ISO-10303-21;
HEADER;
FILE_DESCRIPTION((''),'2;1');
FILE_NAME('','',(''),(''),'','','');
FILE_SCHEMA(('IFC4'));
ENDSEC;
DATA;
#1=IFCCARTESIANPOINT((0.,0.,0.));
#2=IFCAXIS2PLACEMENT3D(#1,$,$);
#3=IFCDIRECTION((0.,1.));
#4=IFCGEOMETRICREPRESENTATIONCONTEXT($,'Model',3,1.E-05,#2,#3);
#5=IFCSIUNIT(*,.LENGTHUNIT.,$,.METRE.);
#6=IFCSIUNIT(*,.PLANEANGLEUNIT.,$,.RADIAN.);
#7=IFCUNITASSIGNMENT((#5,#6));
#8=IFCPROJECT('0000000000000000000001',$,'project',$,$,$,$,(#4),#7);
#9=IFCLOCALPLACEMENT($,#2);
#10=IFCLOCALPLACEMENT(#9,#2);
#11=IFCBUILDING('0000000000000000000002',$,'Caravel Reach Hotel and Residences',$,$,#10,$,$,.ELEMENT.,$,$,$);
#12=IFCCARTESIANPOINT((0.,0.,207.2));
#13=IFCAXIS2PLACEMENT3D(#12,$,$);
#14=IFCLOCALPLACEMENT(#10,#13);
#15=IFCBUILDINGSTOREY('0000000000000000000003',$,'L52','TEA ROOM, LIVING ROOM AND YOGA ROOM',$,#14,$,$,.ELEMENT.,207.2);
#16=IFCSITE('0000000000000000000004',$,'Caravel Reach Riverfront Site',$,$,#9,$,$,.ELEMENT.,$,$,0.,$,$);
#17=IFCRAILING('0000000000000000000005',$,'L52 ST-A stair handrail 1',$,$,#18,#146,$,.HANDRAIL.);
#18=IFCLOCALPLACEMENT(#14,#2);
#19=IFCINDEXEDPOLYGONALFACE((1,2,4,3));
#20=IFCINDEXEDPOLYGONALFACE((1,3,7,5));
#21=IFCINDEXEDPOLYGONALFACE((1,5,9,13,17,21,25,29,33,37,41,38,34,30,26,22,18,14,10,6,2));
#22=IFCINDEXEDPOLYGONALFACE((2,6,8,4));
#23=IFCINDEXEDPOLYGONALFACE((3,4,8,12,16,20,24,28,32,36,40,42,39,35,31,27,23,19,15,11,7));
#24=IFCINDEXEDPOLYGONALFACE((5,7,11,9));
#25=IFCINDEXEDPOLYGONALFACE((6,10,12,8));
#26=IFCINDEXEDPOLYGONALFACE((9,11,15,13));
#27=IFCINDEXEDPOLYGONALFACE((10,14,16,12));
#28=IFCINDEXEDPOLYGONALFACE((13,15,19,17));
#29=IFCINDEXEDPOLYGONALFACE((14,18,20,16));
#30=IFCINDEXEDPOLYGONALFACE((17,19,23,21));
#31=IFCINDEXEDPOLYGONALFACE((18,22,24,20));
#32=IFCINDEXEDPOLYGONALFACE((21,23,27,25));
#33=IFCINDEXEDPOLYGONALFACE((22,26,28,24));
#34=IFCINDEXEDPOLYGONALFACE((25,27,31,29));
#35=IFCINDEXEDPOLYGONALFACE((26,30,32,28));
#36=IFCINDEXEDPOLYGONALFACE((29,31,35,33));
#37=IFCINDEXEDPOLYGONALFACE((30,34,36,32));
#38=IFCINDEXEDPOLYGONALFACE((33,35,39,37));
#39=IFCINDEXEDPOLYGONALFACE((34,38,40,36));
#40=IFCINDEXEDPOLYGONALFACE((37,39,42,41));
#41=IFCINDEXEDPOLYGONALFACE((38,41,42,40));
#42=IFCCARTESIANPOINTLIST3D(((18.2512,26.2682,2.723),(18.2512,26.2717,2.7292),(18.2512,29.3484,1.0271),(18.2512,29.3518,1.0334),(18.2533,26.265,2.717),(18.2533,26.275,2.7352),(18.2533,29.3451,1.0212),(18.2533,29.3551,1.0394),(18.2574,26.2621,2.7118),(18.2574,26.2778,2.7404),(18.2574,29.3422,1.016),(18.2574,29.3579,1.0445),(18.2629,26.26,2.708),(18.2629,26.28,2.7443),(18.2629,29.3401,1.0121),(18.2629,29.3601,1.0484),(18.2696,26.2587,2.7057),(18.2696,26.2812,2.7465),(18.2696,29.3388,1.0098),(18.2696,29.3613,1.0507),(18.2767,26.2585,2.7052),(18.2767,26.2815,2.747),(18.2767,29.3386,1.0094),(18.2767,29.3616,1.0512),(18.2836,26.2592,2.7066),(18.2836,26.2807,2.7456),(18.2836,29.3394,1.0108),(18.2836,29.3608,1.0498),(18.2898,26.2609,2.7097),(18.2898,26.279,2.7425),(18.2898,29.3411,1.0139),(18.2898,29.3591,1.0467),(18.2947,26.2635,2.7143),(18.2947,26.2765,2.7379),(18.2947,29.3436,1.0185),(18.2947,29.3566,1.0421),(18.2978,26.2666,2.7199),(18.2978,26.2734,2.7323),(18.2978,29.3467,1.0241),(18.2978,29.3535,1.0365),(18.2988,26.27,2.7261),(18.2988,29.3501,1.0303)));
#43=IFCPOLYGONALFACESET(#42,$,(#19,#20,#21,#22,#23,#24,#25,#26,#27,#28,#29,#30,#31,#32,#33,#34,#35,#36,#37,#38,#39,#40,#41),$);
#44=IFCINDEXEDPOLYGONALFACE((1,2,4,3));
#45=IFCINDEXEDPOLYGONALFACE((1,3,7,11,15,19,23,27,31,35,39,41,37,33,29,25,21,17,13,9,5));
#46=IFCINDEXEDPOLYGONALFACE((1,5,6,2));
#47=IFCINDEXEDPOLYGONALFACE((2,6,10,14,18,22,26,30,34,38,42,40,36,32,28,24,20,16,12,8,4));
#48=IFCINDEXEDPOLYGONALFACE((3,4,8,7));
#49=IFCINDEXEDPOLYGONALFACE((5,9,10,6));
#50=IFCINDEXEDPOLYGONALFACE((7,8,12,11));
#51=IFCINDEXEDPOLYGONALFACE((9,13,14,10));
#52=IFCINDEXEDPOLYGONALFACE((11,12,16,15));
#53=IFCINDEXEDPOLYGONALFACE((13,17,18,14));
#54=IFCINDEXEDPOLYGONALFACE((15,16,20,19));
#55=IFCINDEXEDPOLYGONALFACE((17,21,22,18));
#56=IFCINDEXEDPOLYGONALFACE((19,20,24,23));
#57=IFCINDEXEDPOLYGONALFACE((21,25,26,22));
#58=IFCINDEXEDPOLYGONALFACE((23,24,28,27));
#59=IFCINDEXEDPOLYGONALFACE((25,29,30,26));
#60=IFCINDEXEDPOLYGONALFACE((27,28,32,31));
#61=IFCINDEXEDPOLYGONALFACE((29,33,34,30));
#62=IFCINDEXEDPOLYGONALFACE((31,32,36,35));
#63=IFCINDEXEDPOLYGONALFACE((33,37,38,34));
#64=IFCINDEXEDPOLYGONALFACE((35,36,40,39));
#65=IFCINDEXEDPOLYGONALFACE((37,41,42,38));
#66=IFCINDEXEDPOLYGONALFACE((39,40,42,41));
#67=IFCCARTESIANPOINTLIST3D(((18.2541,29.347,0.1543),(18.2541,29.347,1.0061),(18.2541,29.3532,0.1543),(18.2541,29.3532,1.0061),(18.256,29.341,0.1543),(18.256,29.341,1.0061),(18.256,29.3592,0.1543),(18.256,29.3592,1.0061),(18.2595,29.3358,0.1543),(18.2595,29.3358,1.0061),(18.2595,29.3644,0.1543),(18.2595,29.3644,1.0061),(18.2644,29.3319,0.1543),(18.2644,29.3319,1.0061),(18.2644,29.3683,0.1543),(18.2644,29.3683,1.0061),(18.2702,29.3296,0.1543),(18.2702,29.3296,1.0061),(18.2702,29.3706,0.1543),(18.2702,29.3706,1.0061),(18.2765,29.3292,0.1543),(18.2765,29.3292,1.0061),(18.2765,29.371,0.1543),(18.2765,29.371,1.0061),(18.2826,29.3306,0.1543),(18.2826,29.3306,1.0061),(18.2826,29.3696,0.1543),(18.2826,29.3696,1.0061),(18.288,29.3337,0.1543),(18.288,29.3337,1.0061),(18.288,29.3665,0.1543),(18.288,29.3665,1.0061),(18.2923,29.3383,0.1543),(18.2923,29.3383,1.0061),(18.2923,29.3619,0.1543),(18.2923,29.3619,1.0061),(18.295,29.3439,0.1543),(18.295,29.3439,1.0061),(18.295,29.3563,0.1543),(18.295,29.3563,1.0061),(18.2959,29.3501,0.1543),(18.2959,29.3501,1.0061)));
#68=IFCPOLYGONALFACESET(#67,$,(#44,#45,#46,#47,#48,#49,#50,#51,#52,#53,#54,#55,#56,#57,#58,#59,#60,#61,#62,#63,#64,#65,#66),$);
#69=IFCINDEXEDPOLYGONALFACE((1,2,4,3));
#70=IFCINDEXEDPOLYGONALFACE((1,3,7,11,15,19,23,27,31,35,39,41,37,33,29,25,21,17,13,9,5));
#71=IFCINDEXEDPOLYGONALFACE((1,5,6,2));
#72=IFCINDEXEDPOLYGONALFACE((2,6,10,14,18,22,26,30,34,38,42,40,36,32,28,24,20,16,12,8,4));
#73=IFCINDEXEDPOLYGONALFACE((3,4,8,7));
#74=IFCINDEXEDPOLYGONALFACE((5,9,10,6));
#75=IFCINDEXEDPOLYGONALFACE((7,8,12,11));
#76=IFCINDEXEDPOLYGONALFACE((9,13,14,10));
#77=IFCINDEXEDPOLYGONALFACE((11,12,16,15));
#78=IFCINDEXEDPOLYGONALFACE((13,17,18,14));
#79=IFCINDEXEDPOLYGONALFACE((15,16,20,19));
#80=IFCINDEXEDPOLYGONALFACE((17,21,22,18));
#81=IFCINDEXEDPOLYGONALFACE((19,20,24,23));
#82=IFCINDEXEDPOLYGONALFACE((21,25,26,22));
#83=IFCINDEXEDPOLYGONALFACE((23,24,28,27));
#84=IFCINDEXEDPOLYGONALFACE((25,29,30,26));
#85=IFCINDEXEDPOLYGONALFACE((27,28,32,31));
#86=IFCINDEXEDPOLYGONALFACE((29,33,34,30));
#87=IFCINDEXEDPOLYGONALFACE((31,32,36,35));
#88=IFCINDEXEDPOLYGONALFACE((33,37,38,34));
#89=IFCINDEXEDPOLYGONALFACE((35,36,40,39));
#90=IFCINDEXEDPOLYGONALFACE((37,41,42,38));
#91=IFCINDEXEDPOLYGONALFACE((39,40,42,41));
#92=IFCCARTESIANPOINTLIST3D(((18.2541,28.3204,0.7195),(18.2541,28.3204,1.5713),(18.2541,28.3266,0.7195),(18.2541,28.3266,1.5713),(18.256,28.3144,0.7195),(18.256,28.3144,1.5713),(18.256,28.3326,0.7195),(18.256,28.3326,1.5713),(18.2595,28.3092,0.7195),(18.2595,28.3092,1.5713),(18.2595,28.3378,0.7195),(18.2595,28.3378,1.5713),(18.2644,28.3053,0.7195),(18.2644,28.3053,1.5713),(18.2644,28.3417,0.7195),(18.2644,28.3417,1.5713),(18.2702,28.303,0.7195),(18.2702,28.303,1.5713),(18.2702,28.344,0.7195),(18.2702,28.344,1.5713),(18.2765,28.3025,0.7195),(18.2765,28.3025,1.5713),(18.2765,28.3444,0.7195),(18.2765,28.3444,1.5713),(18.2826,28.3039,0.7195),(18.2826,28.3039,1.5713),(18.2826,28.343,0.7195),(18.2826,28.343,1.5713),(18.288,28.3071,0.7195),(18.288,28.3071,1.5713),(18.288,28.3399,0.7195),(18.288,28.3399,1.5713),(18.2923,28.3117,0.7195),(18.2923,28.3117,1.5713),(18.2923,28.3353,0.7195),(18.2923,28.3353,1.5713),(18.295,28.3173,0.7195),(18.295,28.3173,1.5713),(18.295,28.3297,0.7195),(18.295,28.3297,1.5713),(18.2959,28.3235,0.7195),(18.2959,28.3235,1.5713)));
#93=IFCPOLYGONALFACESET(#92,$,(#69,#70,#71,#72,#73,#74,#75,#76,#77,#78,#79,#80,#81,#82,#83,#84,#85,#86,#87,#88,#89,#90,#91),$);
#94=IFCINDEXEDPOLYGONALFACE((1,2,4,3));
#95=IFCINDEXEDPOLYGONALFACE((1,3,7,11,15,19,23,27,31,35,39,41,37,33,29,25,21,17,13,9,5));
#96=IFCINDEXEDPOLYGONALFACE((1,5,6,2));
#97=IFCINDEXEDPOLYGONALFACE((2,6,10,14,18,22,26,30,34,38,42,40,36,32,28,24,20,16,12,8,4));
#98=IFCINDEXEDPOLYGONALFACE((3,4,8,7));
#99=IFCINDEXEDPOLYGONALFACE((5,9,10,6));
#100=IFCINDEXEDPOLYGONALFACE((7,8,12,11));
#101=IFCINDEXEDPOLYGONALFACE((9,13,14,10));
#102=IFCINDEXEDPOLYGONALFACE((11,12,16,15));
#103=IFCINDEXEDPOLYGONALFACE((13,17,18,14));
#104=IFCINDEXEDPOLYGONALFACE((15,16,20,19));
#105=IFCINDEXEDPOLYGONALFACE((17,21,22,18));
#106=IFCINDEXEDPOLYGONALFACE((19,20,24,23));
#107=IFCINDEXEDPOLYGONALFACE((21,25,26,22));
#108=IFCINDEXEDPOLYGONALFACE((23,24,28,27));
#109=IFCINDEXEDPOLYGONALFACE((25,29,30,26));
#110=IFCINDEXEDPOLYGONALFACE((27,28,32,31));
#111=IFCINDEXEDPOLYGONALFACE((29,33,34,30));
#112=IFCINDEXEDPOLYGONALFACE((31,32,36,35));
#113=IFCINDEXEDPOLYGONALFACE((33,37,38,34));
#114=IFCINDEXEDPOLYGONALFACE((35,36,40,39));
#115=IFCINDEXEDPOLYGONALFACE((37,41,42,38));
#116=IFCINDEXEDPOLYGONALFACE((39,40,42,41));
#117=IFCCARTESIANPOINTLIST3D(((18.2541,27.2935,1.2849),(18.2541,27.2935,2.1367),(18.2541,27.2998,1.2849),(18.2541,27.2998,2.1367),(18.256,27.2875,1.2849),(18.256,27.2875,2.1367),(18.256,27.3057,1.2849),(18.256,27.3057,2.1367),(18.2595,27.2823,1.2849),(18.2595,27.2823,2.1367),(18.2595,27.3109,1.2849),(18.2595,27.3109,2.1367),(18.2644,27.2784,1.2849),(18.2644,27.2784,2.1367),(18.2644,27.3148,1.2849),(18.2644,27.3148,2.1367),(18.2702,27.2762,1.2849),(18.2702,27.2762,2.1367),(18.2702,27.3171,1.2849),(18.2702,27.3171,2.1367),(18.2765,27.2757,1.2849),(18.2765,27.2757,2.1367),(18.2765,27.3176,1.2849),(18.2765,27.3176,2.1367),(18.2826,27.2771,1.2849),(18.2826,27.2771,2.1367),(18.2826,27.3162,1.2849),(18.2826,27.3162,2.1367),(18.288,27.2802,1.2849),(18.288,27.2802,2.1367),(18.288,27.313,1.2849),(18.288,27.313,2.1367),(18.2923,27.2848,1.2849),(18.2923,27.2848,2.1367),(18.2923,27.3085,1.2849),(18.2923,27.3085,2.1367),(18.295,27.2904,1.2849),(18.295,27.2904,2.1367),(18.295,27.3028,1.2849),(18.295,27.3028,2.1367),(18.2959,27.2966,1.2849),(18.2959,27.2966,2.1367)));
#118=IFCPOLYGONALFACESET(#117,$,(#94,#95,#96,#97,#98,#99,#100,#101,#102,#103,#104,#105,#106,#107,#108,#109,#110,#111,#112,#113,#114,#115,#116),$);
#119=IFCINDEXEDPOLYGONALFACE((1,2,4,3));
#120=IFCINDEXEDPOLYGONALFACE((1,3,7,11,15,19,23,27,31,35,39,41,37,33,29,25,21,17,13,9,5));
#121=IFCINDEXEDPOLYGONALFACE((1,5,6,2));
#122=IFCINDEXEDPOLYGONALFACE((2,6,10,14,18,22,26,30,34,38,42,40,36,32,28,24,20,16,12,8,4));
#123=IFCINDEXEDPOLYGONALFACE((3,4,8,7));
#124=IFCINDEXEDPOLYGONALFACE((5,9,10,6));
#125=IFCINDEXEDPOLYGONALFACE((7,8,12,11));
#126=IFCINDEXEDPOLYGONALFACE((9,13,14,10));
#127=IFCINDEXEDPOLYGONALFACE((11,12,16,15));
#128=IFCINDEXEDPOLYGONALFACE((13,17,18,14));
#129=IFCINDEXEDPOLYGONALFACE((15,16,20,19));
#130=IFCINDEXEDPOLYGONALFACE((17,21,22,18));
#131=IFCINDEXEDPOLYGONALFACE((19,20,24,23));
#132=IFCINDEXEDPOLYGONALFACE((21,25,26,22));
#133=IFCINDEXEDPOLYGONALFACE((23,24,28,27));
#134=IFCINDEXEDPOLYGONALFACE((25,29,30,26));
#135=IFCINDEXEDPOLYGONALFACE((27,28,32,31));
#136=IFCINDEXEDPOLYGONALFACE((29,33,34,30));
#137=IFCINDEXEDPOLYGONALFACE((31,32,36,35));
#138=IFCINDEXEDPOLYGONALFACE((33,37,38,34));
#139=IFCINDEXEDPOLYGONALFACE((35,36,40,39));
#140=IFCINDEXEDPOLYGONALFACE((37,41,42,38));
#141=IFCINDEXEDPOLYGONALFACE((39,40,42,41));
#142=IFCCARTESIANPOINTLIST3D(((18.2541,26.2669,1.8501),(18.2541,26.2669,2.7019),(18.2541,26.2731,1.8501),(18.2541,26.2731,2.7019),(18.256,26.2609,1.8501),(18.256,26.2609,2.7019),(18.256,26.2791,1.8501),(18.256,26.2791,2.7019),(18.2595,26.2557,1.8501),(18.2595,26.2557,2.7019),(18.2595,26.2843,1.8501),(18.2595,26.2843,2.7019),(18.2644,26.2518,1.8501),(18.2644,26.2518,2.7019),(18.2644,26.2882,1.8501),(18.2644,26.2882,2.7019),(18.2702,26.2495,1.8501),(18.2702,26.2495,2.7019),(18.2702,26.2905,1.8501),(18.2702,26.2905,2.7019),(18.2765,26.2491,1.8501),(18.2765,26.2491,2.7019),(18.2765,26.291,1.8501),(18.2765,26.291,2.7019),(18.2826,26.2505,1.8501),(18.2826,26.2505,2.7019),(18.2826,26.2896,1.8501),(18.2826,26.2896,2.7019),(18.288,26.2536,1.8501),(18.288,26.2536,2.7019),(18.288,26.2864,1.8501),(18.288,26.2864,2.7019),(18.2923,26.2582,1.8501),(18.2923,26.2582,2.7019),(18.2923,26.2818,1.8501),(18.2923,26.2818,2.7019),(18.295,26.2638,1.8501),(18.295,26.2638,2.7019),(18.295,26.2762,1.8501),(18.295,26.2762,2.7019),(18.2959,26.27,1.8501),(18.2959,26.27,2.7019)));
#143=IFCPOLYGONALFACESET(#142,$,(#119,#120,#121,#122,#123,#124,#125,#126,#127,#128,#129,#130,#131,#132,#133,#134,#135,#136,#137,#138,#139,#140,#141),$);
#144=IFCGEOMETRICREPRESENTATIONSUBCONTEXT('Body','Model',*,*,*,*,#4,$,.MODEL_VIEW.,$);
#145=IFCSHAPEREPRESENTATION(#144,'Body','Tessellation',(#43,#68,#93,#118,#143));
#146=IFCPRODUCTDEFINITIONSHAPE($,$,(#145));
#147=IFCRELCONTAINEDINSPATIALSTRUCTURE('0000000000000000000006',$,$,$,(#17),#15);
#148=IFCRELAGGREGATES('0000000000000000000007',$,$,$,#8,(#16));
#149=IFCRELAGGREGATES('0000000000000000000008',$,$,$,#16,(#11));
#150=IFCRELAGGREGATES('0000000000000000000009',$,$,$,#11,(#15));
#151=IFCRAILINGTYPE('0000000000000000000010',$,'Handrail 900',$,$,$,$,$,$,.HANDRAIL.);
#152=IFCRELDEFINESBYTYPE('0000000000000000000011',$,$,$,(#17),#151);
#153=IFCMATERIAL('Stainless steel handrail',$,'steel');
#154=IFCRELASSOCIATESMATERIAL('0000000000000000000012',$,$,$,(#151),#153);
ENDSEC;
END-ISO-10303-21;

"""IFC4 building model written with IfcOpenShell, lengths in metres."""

from ifc_helpers import new_model, si_unit, direction, frame, origin, origin_2d, place, context, subcontext, project, spatial, circle, extrude, material, type_object, element, save


model = new_model("IFC4")

# Units and contexts
model_context = context("Model", 3, precision=1e-05, world=origin(), true_north=direction((0.0, 1.0)))
body_context = subcontext(model_context, "Body", "Model", "MODEL_VIEW")
ifc_project = project(units=[si_unit("LENGTHUNIT", "METRE"), si_unit("PLANEANGLEUNIT", "RADIAN")], contexts=[model_context])

# Site, building, storey
site_placement = place(None, origin())
site = spatial("IfcSite", under=ifc_project, at=site_placement, Name="Caravel Reach Riverfront Site", CompositionType="ELEMENT", RefElevation=0.0)
building_placement = place(site_placement, origin())
building = spatial("IfcBuilding", under=site, at=building_placement, Name="Caravel Reach Hotel and Residences", CompositionType="ELEMENT")
storey_placement = place(building_placement, frame((0.0, 0.0, 207.2)))
storey = spatial("IfcBuildingStorey", under=building, at=storey_placement, Name="L52", Description="TEA ROOM, LIVING ROOM AND YOGA ROOM", CompositionType="ELEMENT", Elevation=207.2)

# Railing
ifc_material_1 = material(Name="Stainless steel handrail", Category="steel")
railing_type_1 = type_object("IfcRailingType", Name="Handrail 900", PredefinedType="HANDRAIL", material=ifc_material_1)
railing_1_placement = place(storey_placement, frame((18.2749, 29.3501, 0.1543)))
element("IfcRailing", 1, at=railing_1_placement, inside=storey, type_object=railing_type_1, Name="L52 ST-A stair handrail 1", PredefinedType="HANDRAIL", context=body_context, shape_type="SweptSolid", body=[
    extrude(circle(Radius=0.0239, at=origin_2d()), frame((0.0, 0.0, 0.876), z_axis=(0.0, -0.876005, 0.482303), x_axis=(1.0, 0.0, 0.0)), (0.0, 0.0, 1.0), 3.5161),
    extrude(circle(Radius=0.021, at=origin_2d()), origin(), (0.0, 0.0, 1.0), 0.8518),
    extrude(circle(Radius=0.021, at=origin_2d()), frame((0.0, -1.0266, 0.5652)), (0.0, 0.0, 1.0), 0.8518),
    extrude(circle(Radius=0.021, at=origin_2d()), frame((0.0, -2.0535, 1.1306)), (0.0, 0.0, 1.0), 0.8518),
    extrude(circle(Radius=0.021, at=origin_2d()), frame((0.0, -3.0801, 1.6958)), (0.0, 0.0, 1.0), 0.8518),
])

save(model, "model.ifc")
